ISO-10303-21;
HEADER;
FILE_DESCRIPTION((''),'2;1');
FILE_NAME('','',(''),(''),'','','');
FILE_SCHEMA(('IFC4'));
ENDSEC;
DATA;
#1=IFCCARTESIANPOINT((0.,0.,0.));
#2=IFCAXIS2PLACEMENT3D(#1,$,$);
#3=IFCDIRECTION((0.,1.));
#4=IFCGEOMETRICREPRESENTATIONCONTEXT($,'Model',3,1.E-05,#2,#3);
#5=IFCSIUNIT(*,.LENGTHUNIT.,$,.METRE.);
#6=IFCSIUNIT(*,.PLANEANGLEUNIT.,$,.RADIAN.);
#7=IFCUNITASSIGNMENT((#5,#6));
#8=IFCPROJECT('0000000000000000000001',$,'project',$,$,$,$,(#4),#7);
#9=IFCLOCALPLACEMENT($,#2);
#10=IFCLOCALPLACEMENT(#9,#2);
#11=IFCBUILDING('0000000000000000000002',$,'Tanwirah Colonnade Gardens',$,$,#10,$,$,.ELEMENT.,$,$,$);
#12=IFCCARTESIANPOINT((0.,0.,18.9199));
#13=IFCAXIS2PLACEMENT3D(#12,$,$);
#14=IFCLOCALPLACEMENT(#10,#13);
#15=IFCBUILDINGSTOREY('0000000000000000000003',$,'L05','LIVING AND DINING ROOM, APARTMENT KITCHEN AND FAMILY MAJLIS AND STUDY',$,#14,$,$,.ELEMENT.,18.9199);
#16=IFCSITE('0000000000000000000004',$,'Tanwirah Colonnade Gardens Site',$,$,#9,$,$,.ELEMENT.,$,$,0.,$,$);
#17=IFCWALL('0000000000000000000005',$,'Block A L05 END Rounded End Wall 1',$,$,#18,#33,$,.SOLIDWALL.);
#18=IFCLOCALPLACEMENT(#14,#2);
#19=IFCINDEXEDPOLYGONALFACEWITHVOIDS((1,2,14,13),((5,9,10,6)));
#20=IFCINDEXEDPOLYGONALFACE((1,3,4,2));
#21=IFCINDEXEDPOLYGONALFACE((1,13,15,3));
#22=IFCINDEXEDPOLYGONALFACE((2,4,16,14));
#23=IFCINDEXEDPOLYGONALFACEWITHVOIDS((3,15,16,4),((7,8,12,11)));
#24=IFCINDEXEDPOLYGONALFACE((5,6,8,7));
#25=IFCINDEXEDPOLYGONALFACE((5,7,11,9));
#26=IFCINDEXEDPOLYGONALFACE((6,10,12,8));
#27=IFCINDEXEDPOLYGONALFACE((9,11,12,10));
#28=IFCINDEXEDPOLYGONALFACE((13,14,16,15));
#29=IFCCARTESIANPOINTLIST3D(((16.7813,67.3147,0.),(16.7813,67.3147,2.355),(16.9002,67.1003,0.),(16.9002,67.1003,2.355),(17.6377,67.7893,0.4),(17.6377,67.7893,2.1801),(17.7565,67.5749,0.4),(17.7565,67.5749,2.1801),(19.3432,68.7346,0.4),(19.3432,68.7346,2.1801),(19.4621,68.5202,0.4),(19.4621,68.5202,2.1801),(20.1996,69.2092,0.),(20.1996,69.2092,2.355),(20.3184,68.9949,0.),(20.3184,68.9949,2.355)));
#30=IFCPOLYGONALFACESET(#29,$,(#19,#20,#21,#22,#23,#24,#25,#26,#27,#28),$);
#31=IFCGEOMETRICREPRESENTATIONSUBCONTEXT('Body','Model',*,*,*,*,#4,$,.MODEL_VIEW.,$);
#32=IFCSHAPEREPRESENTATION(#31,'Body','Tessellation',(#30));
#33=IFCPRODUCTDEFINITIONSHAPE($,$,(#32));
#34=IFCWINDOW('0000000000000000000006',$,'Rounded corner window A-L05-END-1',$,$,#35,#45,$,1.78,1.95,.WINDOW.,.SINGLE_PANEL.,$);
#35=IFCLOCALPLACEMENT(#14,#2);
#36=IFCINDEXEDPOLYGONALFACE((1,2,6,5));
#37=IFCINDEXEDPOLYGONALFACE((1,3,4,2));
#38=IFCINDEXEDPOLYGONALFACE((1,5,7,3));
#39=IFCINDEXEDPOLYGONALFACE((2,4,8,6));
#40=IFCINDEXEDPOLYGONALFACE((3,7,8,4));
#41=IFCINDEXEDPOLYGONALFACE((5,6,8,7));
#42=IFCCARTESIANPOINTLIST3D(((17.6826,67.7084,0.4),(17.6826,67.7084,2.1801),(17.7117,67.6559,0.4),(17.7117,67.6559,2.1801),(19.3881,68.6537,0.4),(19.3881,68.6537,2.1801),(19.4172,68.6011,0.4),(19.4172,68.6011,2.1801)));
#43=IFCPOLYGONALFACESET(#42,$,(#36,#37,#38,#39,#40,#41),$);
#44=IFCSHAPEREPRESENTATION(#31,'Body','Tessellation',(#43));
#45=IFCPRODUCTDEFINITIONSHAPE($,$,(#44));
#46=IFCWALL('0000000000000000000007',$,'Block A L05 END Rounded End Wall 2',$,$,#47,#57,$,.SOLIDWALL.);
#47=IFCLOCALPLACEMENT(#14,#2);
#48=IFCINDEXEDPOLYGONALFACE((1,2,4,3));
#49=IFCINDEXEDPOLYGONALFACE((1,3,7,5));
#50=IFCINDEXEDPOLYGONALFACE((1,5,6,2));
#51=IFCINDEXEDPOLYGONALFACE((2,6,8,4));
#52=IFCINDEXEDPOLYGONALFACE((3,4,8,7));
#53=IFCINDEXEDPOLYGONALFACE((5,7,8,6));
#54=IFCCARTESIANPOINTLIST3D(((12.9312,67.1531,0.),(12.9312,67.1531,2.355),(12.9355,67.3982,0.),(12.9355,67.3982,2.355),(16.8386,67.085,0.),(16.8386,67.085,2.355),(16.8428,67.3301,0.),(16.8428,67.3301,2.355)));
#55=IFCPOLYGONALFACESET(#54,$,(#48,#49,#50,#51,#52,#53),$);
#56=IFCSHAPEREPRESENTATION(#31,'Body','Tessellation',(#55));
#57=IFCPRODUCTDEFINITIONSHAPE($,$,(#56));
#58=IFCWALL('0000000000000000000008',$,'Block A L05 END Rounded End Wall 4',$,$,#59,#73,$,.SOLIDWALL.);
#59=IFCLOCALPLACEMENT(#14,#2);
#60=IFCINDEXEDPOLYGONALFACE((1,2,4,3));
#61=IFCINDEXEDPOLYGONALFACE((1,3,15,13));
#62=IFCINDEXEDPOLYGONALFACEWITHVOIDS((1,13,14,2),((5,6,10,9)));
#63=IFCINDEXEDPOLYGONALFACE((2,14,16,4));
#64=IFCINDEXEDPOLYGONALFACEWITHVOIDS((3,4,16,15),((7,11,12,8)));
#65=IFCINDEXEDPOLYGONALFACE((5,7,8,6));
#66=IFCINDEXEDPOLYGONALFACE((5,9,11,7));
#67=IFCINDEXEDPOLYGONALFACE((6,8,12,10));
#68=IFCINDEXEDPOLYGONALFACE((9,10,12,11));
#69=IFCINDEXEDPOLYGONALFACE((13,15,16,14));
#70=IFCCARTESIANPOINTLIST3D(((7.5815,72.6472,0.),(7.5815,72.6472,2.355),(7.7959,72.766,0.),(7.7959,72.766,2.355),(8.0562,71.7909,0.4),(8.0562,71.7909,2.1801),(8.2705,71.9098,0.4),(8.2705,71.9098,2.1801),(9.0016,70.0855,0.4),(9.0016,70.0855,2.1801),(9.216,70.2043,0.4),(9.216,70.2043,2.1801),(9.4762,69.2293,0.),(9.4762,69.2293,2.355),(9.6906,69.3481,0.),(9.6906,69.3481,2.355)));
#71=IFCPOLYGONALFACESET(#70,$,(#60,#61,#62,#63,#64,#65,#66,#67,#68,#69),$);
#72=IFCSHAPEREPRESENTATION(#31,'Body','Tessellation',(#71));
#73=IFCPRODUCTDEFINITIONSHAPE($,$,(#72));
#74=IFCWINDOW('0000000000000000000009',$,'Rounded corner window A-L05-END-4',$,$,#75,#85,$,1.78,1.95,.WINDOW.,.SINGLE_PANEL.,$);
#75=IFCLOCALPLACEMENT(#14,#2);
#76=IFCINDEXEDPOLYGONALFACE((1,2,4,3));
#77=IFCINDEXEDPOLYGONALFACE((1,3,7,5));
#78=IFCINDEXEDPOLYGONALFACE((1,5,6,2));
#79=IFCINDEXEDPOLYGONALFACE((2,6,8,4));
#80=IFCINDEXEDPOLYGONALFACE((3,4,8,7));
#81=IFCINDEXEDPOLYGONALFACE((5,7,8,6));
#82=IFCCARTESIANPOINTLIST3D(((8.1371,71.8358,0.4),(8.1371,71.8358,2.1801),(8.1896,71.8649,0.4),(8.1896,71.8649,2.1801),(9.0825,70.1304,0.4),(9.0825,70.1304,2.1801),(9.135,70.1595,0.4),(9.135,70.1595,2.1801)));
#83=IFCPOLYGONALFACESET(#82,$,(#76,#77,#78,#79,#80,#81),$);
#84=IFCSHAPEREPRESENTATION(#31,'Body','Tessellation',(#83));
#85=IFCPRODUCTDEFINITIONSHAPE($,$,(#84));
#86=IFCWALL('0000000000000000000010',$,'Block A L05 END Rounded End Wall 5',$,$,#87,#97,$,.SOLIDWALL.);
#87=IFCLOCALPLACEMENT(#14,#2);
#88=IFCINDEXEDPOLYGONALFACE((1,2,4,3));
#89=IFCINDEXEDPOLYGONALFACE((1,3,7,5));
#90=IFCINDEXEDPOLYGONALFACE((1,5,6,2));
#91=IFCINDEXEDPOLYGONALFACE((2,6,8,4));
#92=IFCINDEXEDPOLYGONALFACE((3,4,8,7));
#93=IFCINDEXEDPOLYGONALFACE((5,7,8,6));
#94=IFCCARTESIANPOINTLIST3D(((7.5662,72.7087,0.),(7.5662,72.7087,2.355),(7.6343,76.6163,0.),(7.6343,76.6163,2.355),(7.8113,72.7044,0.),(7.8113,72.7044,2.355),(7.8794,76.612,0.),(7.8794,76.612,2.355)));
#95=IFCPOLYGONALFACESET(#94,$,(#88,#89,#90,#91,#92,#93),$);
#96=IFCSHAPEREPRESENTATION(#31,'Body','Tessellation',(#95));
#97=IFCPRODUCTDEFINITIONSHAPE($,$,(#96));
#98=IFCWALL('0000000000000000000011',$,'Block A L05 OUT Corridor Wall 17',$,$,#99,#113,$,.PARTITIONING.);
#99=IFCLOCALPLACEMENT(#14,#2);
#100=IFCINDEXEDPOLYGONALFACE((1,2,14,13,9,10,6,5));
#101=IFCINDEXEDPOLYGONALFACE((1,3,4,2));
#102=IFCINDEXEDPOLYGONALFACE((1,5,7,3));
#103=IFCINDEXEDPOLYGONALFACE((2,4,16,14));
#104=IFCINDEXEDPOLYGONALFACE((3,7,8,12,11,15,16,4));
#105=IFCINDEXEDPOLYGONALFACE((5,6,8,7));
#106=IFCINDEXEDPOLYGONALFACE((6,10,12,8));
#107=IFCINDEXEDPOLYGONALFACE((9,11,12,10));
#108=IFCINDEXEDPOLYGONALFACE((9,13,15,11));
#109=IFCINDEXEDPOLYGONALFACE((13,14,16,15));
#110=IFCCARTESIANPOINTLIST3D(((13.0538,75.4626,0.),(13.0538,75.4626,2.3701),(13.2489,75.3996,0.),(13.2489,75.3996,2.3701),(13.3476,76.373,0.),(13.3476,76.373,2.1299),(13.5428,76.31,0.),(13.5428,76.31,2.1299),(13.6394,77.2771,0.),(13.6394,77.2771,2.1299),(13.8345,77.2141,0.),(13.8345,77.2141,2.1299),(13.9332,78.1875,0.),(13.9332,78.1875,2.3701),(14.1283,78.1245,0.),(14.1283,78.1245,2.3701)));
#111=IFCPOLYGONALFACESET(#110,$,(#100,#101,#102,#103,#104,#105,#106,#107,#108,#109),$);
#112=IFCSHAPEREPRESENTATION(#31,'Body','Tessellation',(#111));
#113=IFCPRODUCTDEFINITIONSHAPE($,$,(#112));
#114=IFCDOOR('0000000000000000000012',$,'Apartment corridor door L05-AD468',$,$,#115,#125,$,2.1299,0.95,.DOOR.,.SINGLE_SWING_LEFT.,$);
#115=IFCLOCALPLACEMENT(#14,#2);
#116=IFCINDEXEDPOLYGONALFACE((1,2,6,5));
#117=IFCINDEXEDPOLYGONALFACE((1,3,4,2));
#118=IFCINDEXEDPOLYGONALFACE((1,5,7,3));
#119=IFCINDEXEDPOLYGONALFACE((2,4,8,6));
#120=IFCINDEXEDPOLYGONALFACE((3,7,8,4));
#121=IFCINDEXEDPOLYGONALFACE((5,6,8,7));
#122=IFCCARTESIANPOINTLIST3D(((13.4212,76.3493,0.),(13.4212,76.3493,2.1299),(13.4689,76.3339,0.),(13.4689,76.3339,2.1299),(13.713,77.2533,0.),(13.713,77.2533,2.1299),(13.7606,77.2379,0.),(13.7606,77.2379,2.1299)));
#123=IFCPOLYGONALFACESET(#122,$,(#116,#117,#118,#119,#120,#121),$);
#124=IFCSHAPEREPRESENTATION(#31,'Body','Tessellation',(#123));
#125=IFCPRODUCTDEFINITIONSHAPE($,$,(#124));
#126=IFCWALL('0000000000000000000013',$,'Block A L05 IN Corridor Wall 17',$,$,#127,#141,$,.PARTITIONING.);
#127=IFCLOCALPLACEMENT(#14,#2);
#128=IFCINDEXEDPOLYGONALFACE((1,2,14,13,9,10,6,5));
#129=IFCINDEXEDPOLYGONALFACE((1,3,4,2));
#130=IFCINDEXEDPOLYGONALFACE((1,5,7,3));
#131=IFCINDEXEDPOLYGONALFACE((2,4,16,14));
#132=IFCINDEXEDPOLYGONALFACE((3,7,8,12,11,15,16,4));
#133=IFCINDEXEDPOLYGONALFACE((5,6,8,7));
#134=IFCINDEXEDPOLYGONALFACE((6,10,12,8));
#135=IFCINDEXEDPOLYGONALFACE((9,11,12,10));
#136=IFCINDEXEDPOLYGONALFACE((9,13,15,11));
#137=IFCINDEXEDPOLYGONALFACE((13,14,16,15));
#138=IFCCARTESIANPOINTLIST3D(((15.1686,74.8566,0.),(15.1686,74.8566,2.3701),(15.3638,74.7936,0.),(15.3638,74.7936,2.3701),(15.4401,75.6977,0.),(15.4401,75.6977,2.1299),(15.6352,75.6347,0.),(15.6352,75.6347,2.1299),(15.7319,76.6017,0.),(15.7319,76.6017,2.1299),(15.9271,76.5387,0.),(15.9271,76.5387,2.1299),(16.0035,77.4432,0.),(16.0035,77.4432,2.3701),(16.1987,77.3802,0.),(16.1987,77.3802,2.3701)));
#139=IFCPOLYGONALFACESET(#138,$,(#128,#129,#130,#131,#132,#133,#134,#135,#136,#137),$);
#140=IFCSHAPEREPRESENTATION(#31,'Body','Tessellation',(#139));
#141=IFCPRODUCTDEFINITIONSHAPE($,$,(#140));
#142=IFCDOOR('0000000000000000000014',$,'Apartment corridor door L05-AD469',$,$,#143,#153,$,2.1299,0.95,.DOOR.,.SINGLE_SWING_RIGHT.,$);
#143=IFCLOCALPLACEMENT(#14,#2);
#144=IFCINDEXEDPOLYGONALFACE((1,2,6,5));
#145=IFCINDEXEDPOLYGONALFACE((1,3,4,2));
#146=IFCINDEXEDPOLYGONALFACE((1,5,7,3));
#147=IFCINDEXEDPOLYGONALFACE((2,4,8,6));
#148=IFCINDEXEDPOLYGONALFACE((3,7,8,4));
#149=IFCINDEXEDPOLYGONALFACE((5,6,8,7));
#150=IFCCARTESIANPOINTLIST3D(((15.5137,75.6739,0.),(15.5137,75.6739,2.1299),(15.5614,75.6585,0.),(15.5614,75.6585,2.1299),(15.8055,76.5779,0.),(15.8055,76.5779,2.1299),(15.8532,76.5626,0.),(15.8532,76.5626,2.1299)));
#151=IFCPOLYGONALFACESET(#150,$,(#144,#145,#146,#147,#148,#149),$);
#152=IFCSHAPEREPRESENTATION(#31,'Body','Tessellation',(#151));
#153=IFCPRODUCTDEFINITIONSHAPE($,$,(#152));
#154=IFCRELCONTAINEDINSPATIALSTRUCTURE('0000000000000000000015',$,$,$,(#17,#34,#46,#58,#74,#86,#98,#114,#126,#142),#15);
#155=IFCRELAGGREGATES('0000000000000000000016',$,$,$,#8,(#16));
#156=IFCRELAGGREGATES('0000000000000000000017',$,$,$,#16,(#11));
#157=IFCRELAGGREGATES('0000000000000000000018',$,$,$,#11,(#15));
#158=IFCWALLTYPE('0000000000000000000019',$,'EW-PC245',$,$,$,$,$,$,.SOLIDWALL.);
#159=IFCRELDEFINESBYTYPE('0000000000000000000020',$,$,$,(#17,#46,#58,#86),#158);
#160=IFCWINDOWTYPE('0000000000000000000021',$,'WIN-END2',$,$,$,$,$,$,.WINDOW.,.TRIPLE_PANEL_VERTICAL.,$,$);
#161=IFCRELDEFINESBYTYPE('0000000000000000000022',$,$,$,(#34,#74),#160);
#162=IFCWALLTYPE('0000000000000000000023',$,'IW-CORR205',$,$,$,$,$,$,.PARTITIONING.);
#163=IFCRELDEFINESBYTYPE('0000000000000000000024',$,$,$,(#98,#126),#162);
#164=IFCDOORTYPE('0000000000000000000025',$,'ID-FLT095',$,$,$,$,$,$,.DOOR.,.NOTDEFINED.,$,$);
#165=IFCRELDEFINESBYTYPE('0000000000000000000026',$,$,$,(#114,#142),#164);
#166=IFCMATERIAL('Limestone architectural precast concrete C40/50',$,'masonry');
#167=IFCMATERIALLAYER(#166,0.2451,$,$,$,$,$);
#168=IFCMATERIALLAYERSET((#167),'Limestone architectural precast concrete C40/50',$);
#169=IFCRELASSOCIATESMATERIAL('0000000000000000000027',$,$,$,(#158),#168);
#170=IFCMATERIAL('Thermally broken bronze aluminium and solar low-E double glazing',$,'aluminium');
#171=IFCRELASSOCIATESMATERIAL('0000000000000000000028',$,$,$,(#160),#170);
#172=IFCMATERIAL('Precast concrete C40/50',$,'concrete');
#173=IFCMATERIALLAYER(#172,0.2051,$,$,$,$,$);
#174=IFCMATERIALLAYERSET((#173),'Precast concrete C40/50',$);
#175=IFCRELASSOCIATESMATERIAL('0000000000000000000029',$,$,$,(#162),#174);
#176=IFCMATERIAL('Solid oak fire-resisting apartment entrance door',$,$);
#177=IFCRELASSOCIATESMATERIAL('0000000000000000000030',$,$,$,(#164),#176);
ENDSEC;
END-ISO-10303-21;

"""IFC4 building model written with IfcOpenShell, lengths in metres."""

from ifc_helpers import new_model, si_unit, direction, frame, frame_2d, origin, place, context, subcontext, project, spatial, rectangle, extrude, material, layer, layer_set, type_object, element, fill, save


model = new_model("IFC4")

# Units and contexts
model_context = context("Model", 3, precision=1e-05, world=origin(), true_north=direction((0.0, 1.0)))
body_context = subcontext(model_context, "Body", "Model", "MODEL_VIEW")
ifc_project = project(units=[si_unit("LENGTHUNIT", "METRE"), si_unit("PLANEANGLEUNIT", "RADIAN")], contexts=[model_context])

# Site, building, storey
site_placement = place(None, origin())
site = spatial("IfcSite", under=ifc_project, at=site_placement, Name="Tanwirah Colonnade Gardens Site", CompositionType="ELEMENT", RefElevation=0.0)
building_placement = place(site_placement, origin())
building = spatial("IfcBuilding", under=site, at=building_placement, Name="Tanwirah Colonnade Gardens", CompositionType="ELEMENT")
storey_placement = place(building_placement, frame((0.0, 0.0, 18.9199)))
storey = spatial("IfcBuildingStorey", under=building, at=storey_placement, Name="L05", Description="LIVING AND DINING ROOM, APARTMENT KITCHEN AND FAMILY MAJLIS AND STUDY", CompositionType="ELEMENT", Elevation=18.9199)

# Shared definitions
ifc_material_1 = material(Name="Precast concrete C40/50", Category="concrete")

# Wall, opening, window
ifc_material_2 = material(Name="Limestone architectural precast concrete C40/50", Category="masonry")
ifc_layer_1 = layer(ifc_material_2, 0.2451)
ifc_layer_set_1 = layer_set([ifc_layer_1], Name="Limestone architectural precast concrete C40/50")
wall_type_1 = type_object("IfcWallType", Name="EW-PC245", PredefinedType="SOLIDWALL", material=ifc_layer_set_1)
wall_1_placement = place(storey_placement, frame((20.259, 69.1021, 0.0), z_axis=(0.0, 0.0, 1.0), x_axis=(-0.874643, -0.484768, 0.0)))
wall_1 = element("IfcWall", 1, at=wall_1_placement, inside=storey, type_object=wall_type_1, Name="Block A L05 END Rounded End Wall 1", PredefinedType="SOLIDWALL", context=body_context, shape_type="SweptSolid", body=[
    extrude(rectangle(XDim=3.9082, YDim=0.2451, at=frame_2d((1.9541, 0.0))), origin(), (0.0, 0.0, 1.0), 2.355),
])
opening_1_placement = place(wall_1_placement, frame((0.979, 0.0, 0.3999)))
opening_1 = element("IfcOpeningElement", 2, at=opening_1_placement, cuts=wall_1, PredefinedType="OPENING", context=body_context, shape_type="SweptSolid", body=[
    extrude(rectangle(XDim=1.95, YDim=1.78, at=frame_2d((0.9751, 0.8901))), frame((0.0, 0.1326, 0.0), z_axis=(0.0, -1.0, 0.0), x_axis=(1.0, 0.0, 0.0)), (0.0, 0.0, 1.0), 0.2651),
])
ifc_material_3 = material(Name="Thermally broken bronze aluminium and solar low-E double glazing", Category="aluminium")
window_type = type_object("IfcWindowType", Name="WIN-END2", PartitioningType="TRIPLE_PANEL_VERTICAL", PredefinedType="WINDOW", material=ifc_material_3)
window_1_placement = place(opening_1_placement, origin())
window_1 = element("IfcWindow", 3, at=window_1_placement, inside=storey, type_object=window_type, Name="Rounded corner window A-L05-END-1", OverallHeight=1.78, OverallWidth=1.95, PartitioningType="SINGLE_PANEL", PredefinedType="WINDOW", context=body_context, shape_type="SweptSolid", body=[
    extrude(rectangle(XDim=1.95, YDim=1.78, at=frame_2d((0.9751, 0.8901))), frame((0.0, 0.03, 0.0), z_axis=(0.0, -1.0, 0.0), x_axis=(1.0, 0.0, 0.0)), (0.0, 0.0, 1.0), 0.0601),
])
fill(opening_1, window_1)

# Wall
wall_2_placement = place(storey_placement, frame((16.8408, 67.2075, 0.0), z_axis=(0.0, 0.0, 1.0), x_axis=(-0.999848, 0.017429, 0.0)))
element("IfcWall", 4, at=wall_2_placement, inside=storey, type_object=wall_type_1, Name="Block A L05 END Rounded End Wall 2", PredefinedType="SOLIDWALL", context=body_context, shape_type="SweptSolid", body=[
    extrude(rectangle(XDim=3.908, YDim=0.2451, at=frame_2d((1.9541, 0.0))), origin(), (0.0, 0.0, 1.0), 2.355),
])

# Wall, opening, window
wall_3_placement = place(storey_placement, frame((9.5835, 69.2886, 0.0), z_axis=(0.0, 0.0, 1.0), x_axis=(-0.484842, 0.874602, 0.0)))
wall_3 = element("IfcWall", 5, at=wall_3_placement, inside=storey, type_object=wall_type_1, Name="Block A L05 END Rounded End Wall 4", PredefinedType="SOLIDWALL", context=body_context, shape_type="SweptSolid", body=[
    extrude(rectangle(XDim=3.908, YDim=0.2451, at=frame_2d((1.9541, 0.0))), origin(), (0.0, 0.0, 1.0), 2.355),
])
opening_2_placement = place(wall_3_placement, frame((0.979, 0.0, 0.3999)))
opening_2 = element("IfcOpeningElement", 6, at=opening_2_placement, cuts=wall_3, PredefinedType="OPENING", context=body_context, shape_type="SweptSolid", body=[
    extrude(rectangle(XDim=1.95, YDim=1.78, at=frame_2d((0.9751, 0.8901))), frame((0.0, 0.1326, 0.0), z_axis=(0.0, -1.0, 0.0), x_axis=(1.0, 0.0, 0.0)), (0.0, 0.0, 1.0), 0.2651),
])
window_2_placement = place(opening_2_placement, origin())
window_2 = element("IfcWindow", 7, at=window_2_placement, inside=storey, type_object=window_type, Name="Rounded corner window A-L05-END-4", OverallHeight=1.78, OverallWidth=1.95, PartitioningType="SINGLE_PANEL", PredefinedType="WINDOW", context=body_context, shape_type="SweptSolid", body=[
    extrude(rectangle(XDim=1.95, YDim=1.78, at=frame_2d((0.9751, 0.8901))), frame((0.0, 0.03, 0.0), z_axis=(0.0, -1.0, 0.0), x_axis=(1.0, 0.0, 0.0)), (0.0, 0.0, 1.0), 0.0601),
])
fill(opening_2, window_2)

# Wall
wall_4_placement = place(storey_placement, frame((7.6887, 72.7065, 0.0), z_axis=(0.0, 0.0, 1.0), x_axis=(0.017428, 0.999848, 0.0)))
element("IfcWall", 8, at=wall_4_placement, inside=storey, type_object=wall_type_1, Name="Block A L05 END Rounded End Wall 5", PredefinedType="SOLIDWALL", context=body_context, shape_type="SweptSolid", body=[
    extrude(rectangle(XDim=3.9082, YDim=0.2451, at=frame_2d((1.9541, 0.0))), origin(), (0.0, 0.0, 1.0), 2.355),
])

# Walls, openings, doors
ifc_layer_2 = layer(ifc_material_1, 0.2051)
ifc_layer_set_2 = layer_set([ifc_layer_2], Name="Precast concrete C40/50")
wall_type_2 = type_object("IfcWallType", Name="IW-CORR205", PredefinedType="PARTITIONING", material=ifc_layer_set_2)
wall_5_placement = place(storey_placement, frame((14.0308, 78.156, 0.0), z_axis=(0.0, 0.0, 1.0), x_axis=(-0.307132, -0.951667, 0.0)))
wall_5 = element("IfcWall", 9, at=wall_5_placement, inside=storey, type_object=wall_type_2, Name="Block A L05 OUT Corridor Wall 17", PredefinedType="PARTITIONING", context=body_context, shape_type="SweptSolid", body=[
    extrude(rectangle(XDim=2.8633, YDim=0.2051, at=frame_2d((1.4316, 0.0))), origin(), (0.0, 0.0, 1.0), 2.3701),
])
opening_3_placement = place(wall_5_placement, frame((0.9565, 0.0, 0.0)))
opening_3 = element("IfcOpeningElement", 10, at=opening_3_placement, cuts=wall_5, PredefinedType="OPENING", context=body_context, shape_type="SweptSolid", body=[
    extrude(rectangle(XDim=0.95, YDim=2.1299, at=frame_2d((0.4751, 1.0649))), frame((0.0, 0.1125, 0.0), z_axis=(0.0, -1.0, 0.0), x_axis=(1.0, 0.0, 0.0)), (0.0, 0.0, 1.0), 0.2251),
])
ifc_material_4 = material(Name="Solid oak fire-resisting apartment entrance door")
door_type_1 = type_object("IfcDoorType", Name="ID-FLT095", OperationType="NOTDEFINED", PredefinedType="DOOR", material=ifc_material_4)
door_1_placement = place(opening_3_placement, origin())
door_1 = element("IfcDoor", 11, at=door_1_placement, inside=storey, type_object=door_type_1, Name="Apartment corridor door L05-AD468", OperationType="SINGLE_SWING_LEFT", OverallHeight=2.1299, OverallWidth=0.95, PredefinedType="DOOR", context=body_context, shape_type="SweptSolid", body=[
    extrude(rectangle(XDim=0.95, YDim=2.1299, at=frame_2d((0.4751, 1.0649))), frame((0.0, 0.0249, 0.0), z_axis=(0.0, -1.0, 0.0), x_axis=(1.0, 0.0, 0.0)), (0.0, 0.0, 1.0), 0.05),
])
fill(opening_3, door_1)
wall_6_placement = place(storey_placement, frame((16.1011, 77.4116, 0.0), z_axis=(0.0, 0.0, 1.0), x_axis=(-0.307186, -0.951649, 0.0)))
wall_6 = element("IfcWall", 12, at=wall_6_placement, inside=storey, type_object=wall_type_2, Name="Block A L05 IN Corridor Wall 17", PredefinedType="PARTITIONING", context=body_context, shape_type="SweptSolid", body=[
    extrude(rectangle(XDim=2.718, YDim=0.2051, at=frame_2d((1.3589, 0.0))), origin(), (0.0, 0.0, 1.0), 2.3701),
])
opening_4_placement = place(wall_6_placement, frame((0.884, 0.0, 0.0)))
opening_4 = element("IfcOpeningElement", 13, at=opening_4_placement, cuts=wall_6, PredefinedType="OPENING", context=body_context, shape_type="SweptSolid", body=[
    extrude(rectangle(XDim=0.95, YDim=2.1299, at=frame_2d((0.4751, 1.0649))), frame((0.0, 0.1125, 0.0), z_axis=(0.0, -1.0, 0.0), x_axis=(1.0, 0.0, 0.0)), (0.0, 0.0, 1.0), 0.2251),
])
door_2_placement = place(opening_4_placement, origin())
door_2 = element("IfcDoor", 14, at=door_2_placement, inside=storey, type_object=door_type_1, Name="Apartment corridor door L05-AD469", OperationType="SINGLE_SWING_RIGHT", OverallHeight=2.1299, OverallWidth=0.95, PredefinedType="DOOR", context=body_context, shape_type="SweptSolid", body=[
    extrude(rectangle(XDim=0.95, YDim=2.1299, at=frame_2d((0.4751, 1.0649))), frame((0.0, 0.0249, 0.0), z_axis=(0.0, -1.0, 0.0), x_axis=(1.0, 0.0, 0.0)), (0.0, 0.0, 1.0), 0.05),
])
fill(opening_4, door_2)

save(model, "model.ifc")
